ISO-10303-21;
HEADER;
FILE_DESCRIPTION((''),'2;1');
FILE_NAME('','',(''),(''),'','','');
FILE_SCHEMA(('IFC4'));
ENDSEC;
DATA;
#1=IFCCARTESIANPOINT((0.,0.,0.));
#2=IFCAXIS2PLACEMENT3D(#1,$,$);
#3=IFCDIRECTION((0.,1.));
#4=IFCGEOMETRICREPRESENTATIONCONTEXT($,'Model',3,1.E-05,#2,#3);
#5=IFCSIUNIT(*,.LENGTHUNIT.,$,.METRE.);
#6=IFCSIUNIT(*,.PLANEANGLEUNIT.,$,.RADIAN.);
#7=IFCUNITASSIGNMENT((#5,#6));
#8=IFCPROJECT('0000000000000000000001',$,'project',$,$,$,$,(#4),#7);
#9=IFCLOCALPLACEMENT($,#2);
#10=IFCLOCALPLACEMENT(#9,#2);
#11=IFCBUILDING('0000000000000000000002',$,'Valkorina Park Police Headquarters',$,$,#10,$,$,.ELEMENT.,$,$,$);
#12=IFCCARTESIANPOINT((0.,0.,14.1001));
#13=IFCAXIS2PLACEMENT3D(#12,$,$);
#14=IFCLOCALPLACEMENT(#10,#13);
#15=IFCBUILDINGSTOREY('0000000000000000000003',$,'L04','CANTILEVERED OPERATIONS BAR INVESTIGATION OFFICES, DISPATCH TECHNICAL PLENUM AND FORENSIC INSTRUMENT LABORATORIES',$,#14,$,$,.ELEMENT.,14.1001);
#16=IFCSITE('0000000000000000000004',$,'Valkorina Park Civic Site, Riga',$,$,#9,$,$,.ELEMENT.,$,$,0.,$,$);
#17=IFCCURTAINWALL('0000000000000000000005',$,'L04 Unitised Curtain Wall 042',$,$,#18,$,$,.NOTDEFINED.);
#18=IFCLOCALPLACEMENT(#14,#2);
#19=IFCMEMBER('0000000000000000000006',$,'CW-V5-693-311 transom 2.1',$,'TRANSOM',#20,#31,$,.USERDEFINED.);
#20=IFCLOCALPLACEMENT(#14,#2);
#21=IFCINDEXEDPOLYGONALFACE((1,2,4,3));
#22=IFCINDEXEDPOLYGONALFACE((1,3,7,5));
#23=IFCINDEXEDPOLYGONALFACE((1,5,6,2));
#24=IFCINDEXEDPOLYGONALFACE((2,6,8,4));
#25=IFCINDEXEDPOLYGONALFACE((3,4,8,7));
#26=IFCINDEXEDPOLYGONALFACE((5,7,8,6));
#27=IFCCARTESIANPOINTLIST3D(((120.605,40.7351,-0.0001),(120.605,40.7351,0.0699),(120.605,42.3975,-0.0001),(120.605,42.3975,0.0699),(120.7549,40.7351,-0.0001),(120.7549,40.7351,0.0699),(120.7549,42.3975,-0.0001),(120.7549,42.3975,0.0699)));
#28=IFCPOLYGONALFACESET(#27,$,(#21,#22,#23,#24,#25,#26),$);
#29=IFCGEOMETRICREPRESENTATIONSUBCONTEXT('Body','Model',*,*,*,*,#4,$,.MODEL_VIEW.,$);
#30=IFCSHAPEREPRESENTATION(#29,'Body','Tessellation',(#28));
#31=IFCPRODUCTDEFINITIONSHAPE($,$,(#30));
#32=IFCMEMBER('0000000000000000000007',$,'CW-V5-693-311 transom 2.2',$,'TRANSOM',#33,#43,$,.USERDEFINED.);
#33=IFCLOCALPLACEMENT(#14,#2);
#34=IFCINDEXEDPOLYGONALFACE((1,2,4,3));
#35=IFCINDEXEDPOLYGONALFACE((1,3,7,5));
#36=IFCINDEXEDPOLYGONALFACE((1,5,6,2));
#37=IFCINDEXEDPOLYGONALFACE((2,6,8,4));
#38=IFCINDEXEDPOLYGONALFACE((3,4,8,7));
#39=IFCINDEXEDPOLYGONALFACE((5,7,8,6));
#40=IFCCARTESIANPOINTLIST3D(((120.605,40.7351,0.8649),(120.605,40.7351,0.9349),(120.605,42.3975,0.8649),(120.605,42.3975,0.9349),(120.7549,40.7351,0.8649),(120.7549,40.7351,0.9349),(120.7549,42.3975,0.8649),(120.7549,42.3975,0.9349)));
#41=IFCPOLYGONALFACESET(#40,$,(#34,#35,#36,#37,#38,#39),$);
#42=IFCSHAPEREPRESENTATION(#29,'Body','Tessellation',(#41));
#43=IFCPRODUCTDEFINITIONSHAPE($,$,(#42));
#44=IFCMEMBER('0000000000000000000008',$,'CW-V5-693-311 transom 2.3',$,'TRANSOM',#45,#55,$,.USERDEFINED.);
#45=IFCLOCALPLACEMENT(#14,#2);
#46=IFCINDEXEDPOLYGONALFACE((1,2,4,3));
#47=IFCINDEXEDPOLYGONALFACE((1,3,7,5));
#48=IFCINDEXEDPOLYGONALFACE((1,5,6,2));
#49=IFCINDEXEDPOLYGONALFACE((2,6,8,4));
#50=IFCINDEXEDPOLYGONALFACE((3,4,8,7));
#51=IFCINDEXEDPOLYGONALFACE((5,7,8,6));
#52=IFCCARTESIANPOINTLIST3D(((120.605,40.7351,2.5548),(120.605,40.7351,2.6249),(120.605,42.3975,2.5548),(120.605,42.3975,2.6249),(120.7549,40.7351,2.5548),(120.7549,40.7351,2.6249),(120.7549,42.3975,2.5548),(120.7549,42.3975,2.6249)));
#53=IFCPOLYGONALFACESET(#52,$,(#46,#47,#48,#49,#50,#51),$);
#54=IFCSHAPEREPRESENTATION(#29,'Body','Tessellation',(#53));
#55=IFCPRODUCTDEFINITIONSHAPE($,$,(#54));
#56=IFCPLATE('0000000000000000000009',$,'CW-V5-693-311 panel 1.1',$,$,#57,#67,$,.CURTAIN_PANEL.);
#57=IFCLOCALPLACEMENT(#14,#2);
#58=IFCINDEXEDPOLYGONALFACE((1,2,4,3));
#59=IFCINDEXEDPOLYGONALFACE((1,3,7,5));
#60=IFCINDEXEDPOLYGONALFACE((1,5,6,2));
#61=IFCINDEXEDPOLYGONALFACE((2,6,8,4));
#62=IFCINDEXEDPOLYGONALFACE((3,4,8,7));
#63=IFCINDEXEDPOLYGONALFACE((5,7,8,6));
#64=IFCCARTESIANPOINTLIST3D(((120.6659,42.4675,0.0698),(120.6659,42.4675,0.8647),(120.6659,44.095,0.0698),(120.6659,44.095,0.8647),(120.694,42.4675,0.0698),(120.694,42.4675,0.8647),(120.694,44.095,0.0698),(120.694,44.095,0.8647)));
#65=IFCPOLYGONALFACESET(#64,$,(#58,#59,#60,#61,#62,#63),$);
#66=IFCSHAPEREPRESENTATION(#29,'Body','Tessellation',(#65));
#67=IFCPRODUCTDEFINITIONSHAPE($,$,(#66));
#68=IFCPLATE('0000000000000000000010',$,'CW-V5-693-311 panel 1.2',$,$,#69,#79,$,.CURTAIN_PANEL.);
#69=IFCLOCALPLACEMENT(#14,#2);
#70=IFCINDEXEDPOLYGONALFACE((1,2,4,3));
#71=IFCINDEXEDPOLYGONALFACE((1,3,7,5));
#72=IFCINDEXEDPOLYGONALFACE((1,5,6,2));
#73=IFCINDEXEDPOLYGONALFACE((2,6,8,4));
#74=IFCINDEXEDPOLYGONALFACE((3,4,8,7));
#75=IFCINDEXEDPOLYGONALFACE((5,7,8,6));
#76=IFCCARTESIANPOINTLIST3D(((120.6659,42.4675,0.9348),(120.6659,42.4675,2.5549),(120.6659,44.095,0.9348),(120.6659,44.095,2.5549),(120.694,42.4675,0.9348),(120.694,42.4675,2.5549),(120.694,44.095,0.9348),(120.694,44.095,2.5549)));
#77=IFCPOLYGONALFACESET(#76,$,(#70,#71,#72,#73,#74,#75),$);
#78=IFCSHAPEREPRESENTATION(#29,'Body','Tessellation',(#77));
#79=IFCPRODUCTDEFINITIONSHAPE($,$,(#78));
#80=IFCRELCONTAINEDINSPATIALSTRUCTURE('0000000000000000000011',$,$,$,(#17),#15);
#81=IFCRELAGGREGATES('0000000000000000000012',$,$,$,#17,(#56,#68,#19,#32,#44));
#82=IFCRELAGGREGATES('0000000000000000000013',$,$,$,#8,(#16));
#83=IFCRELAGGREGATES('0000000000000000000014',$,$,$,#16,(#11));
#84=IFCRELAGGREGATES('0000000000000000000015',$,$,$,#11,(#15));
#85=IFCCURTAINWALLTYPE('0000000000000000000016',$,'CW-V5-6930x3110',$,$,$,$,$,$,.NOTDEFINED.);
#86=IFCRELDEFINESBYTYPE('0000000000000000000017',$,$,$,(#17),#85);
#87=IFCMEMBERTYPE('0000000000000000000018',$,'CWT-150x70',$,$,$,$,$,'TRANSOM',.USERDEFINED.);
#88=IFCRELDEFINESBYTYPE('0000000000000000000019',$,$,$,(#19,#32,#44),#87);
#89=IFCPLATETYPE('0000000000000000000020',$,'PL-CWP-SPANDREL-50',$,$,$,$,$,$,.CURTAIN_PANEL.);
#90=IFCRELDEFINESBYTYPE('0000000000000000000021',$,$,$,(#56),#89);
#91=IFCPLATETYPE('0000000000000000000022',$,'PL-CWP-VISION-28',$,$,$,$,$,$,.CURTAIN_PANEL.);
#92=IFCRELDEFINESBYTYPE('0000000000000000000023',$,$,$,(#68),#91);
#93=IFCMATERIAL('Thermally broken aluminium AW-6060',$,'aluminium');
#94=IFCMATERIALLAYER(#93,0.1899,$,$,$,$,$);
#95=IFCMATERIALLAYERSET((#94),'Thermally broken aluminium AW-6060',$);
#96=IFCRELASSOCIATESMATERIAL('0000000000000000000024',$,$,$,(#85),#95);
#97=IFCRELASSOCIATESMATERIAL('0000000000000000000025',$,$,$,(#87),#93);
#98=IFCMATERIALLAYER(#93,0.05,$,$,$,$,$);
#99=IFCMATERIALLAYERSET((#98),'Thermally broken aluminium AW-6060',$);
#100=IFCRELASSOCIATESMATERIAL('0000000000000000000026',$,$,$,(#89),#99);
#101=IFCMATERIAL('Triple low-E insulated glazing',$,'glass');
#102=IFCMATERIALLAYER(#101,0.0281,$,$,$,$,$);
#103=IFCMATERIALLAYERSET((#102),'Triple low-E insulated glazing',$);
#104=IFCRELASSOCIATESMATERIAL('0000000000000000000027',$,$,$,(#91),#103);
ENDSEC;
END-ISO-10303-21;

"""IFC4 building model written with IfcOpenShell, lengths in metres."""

from ifc_helpers import new_model, si_unit, direction, frame, origin, origin_2d, place, context, subcontext, project, spatial, rectangle, extrude, material, layer, layer_set, material_profile, profile_set, type_object, element, aggregate, save


model = new_model("IFC4")

# Units and contexts
model_context = context("Model", 3, precision=1e-05, world=origin(), true_north=direction((0.0, 1.0)))
body_context = subcontext(model_context, "Body", "Model", "MODEL_VIEW")
ifc_project = project(units=[si_unit("LENGTHUNIT", "METRE"), si_unit("PLANEANGLEUNIT", "RADIAN")], contexts=[model_context])

# Site, building, storey
site_placement = place(None, origin())
site = spatial("IfcSite", under=ifc_project, at=site_placement, Name="Valkorina Park Civic Site, Riga", CompositionType="ELEMENT", RefElevation=0.0)
building_placement = place(site_placement, origin())
building = spatial("IfcBuilding", under=site, at=building_placement, Name="Valkorina Park Police Headquarters", CompositionType="ELEMENT")
storey_placement = place(building_placement, frame((0.0, 0.0, 14.1001)))
storey = spatial("IfcBuildingStorey", under=building, at=storey_placement, Name="L04", Description="CANTILEVERED OPERATIONS BAR INVESTIGATION OFFICES, DISPATCH TECHNICAL PLENUM AND FORENSIC INSTRUMENT LABORATORIES", CompositionType="ELEMENT", Elevation=14.1001)

# Curtain wall, members, plates
ifc_material_1 = material(Name="Thermally broken aluminium AW-6060", Category="aluminium")
ifc_layer_1 = layer(ifc_material_1, 0.1899)
ifc_layer_set_1 = layer_set([ifc_layer_1], Name="Thermally broken aluminium AW-6060")
curtain_wall_type = type_object("IfcCurtainWallType", Name="CW-V5-6930x3110", PredefinedType="NOTDEFINED", material=ifc_layer_set_1)
curtain_wall_placement = place(storey_placement, origin())
curtain_wall = element("IfcCurtainWall", 1, at=curtain_wall_placement, inside=storey, type_object=curtain_wall_type, Name="L04 Unitised Curtain Wall 042", PredefinedType="NOTDEFINED")
ifc_material_profile_1 = material_profile(ifc_material_1, rectangle(XDim=0.1499, YDim=0.0701, at=origin_2d()), Name="CWT-02 150x70")
ifc_profile_set_1 = profile_set([ifc_material_profile_1], Name="Thermally broken aluminium AW-6060")
member_type_1 = type_object("IfcMemberType", Name="CWT-150x70", ElementType="TRANSOM", PredefinedType="USERDEFINED", material=ifc_profile_set_1)
member_1_placement = place(storey_placement, frame((120.6799, 42.3975, 0.0349), z_axis=(0.0, -1.0, 0.0), x_axis=(1.0, 0.0, 0.0)))
member_1 = element("IfcMember", 2, at=member_1_placement, type_object=member_type_1, Name="CW-V5-693-311 transom 2.1", ObjectType="TRANSOM", PredefinedType="USERDEFINED", context=body_context, shape_type="SweptSolid", body=[
    extrude(rectangle(XDim=0.1499, YDim=0.0701, at=origin_2d()), origin(), (0.0, 0.0, 1.0), 1.6624),
])
member_2_placement = place(storey_placement, frame((120.6799, 42.3975, 0.8999), z_axis=(0.0, -1.0, 0.0), x_axis=(1.0, 0.0, 0.0)))
member_2 = element("IfcMember", 3, at=member_2_placement, type_object=member_type_1, Name="CW-V5-693-311 transom 2.2", ObjectType="TRANSOM", PredefinedType="USERDEFINED", context=body_context, shape_type="SweptSolid", body=[
    extrude(rectangle(XDim=0.1499, YDim=0.0701, at=origin_2d()), origin(), (0.0, 0.0, 1.0), 1.6624),
])
member_3_placement = place(storey_placement, frame((120.6799, 42.3975, 2.5898), z_axis=(0.0, -1.0, 0.0), x_axis=(1.0, 0.0, 0.0)))
member_3 = element("IfcMember", 4, at=member_3_placement, type_object=member_type_1, Name="CW-V5-693-311 transom 2.3", ObjectType="TRANSOM", PredefinedType="USERDEFINED", context=body_context, shape_type="SweptSolid", body=[
    extrude(rectangle(XDim=0.1499, YDim=0.0701, at=origin_2d()), origin(), (0.0, 0.0, 1.0), 1.6624),
])
ifc_layer_2 = layer(ifc_material_1, 0.05)
ifc_layer_set_2 = layer_set([ifc_layer_2], Name="Thermally broken aluminium AW-6060")
plate_type_1 = type_object("IfcPlateType", Name="PL-CWP-SPANDREL-50", PredefinedType="CURTAIN_PANEL", material=ifc_layer_set_2)
plate_1_placement = place(storey_placement, frame((120.6799, 43.2812, 0.0698), z_axis=(0.0, 0.0, 1.0), x_axis=(0.0, -1.0, 0.0)))
plate_1 = element("IfcPlate", 5, at=plate_1_placement, type_object=plate_type_1, Name="CW-V5-693-311 panel 1.1", PredefinedType="CURTAIN_PANEL", context=body_context, shape_type="SweptSolid", body=[
    extrude(rectangle(XDim=1.6274, YDim=0.0281, at=origin_2d()), origin(), (0.0, 0.0, 1.0), 0.7949),
])
ifc_material_2 = material(Name="Triple low-E insulated glazing", Category="glass")
ifc_layer_3 = layer(ifc_material_2, 0.0281)
ifc_layer_set_3 = layer_set([ifc_layer_3], Name="Triple low-E insulated glazing")
plate_type_2 = type_object("IfcPlateType", Name="PL-CWP-VISION-28", PredefinedType="CURTAIN_PANEL", material=ifc_layer_set_3)
plate_2_placement = place(storey_placement, frame((120.6799, 43.2812, 0.9348), z_axis=(0.0, 0.0, 1.0), x_axis=(0.0, -1.0, 0.0)))
plate_2 = element("IfcPlate", 6, at=plate_2_placement, type_object=plate_type_2, Name="CW-V5-693-311 panel 1.2", PredefinedType="CURTAIN_PANEL", context=body_context, shape_type="SweptSolid", body=[
    extrude(rectangle(XDim=1.6274, YDim=0.0281, at=origin_2d()), origin(), (0.0, 0.0, 1.0), 1.6201),
])
aggregate(curtain_wall, [plate_1, plate_2, member_1, member_2, member_3])

save(model, "model.ifc")
